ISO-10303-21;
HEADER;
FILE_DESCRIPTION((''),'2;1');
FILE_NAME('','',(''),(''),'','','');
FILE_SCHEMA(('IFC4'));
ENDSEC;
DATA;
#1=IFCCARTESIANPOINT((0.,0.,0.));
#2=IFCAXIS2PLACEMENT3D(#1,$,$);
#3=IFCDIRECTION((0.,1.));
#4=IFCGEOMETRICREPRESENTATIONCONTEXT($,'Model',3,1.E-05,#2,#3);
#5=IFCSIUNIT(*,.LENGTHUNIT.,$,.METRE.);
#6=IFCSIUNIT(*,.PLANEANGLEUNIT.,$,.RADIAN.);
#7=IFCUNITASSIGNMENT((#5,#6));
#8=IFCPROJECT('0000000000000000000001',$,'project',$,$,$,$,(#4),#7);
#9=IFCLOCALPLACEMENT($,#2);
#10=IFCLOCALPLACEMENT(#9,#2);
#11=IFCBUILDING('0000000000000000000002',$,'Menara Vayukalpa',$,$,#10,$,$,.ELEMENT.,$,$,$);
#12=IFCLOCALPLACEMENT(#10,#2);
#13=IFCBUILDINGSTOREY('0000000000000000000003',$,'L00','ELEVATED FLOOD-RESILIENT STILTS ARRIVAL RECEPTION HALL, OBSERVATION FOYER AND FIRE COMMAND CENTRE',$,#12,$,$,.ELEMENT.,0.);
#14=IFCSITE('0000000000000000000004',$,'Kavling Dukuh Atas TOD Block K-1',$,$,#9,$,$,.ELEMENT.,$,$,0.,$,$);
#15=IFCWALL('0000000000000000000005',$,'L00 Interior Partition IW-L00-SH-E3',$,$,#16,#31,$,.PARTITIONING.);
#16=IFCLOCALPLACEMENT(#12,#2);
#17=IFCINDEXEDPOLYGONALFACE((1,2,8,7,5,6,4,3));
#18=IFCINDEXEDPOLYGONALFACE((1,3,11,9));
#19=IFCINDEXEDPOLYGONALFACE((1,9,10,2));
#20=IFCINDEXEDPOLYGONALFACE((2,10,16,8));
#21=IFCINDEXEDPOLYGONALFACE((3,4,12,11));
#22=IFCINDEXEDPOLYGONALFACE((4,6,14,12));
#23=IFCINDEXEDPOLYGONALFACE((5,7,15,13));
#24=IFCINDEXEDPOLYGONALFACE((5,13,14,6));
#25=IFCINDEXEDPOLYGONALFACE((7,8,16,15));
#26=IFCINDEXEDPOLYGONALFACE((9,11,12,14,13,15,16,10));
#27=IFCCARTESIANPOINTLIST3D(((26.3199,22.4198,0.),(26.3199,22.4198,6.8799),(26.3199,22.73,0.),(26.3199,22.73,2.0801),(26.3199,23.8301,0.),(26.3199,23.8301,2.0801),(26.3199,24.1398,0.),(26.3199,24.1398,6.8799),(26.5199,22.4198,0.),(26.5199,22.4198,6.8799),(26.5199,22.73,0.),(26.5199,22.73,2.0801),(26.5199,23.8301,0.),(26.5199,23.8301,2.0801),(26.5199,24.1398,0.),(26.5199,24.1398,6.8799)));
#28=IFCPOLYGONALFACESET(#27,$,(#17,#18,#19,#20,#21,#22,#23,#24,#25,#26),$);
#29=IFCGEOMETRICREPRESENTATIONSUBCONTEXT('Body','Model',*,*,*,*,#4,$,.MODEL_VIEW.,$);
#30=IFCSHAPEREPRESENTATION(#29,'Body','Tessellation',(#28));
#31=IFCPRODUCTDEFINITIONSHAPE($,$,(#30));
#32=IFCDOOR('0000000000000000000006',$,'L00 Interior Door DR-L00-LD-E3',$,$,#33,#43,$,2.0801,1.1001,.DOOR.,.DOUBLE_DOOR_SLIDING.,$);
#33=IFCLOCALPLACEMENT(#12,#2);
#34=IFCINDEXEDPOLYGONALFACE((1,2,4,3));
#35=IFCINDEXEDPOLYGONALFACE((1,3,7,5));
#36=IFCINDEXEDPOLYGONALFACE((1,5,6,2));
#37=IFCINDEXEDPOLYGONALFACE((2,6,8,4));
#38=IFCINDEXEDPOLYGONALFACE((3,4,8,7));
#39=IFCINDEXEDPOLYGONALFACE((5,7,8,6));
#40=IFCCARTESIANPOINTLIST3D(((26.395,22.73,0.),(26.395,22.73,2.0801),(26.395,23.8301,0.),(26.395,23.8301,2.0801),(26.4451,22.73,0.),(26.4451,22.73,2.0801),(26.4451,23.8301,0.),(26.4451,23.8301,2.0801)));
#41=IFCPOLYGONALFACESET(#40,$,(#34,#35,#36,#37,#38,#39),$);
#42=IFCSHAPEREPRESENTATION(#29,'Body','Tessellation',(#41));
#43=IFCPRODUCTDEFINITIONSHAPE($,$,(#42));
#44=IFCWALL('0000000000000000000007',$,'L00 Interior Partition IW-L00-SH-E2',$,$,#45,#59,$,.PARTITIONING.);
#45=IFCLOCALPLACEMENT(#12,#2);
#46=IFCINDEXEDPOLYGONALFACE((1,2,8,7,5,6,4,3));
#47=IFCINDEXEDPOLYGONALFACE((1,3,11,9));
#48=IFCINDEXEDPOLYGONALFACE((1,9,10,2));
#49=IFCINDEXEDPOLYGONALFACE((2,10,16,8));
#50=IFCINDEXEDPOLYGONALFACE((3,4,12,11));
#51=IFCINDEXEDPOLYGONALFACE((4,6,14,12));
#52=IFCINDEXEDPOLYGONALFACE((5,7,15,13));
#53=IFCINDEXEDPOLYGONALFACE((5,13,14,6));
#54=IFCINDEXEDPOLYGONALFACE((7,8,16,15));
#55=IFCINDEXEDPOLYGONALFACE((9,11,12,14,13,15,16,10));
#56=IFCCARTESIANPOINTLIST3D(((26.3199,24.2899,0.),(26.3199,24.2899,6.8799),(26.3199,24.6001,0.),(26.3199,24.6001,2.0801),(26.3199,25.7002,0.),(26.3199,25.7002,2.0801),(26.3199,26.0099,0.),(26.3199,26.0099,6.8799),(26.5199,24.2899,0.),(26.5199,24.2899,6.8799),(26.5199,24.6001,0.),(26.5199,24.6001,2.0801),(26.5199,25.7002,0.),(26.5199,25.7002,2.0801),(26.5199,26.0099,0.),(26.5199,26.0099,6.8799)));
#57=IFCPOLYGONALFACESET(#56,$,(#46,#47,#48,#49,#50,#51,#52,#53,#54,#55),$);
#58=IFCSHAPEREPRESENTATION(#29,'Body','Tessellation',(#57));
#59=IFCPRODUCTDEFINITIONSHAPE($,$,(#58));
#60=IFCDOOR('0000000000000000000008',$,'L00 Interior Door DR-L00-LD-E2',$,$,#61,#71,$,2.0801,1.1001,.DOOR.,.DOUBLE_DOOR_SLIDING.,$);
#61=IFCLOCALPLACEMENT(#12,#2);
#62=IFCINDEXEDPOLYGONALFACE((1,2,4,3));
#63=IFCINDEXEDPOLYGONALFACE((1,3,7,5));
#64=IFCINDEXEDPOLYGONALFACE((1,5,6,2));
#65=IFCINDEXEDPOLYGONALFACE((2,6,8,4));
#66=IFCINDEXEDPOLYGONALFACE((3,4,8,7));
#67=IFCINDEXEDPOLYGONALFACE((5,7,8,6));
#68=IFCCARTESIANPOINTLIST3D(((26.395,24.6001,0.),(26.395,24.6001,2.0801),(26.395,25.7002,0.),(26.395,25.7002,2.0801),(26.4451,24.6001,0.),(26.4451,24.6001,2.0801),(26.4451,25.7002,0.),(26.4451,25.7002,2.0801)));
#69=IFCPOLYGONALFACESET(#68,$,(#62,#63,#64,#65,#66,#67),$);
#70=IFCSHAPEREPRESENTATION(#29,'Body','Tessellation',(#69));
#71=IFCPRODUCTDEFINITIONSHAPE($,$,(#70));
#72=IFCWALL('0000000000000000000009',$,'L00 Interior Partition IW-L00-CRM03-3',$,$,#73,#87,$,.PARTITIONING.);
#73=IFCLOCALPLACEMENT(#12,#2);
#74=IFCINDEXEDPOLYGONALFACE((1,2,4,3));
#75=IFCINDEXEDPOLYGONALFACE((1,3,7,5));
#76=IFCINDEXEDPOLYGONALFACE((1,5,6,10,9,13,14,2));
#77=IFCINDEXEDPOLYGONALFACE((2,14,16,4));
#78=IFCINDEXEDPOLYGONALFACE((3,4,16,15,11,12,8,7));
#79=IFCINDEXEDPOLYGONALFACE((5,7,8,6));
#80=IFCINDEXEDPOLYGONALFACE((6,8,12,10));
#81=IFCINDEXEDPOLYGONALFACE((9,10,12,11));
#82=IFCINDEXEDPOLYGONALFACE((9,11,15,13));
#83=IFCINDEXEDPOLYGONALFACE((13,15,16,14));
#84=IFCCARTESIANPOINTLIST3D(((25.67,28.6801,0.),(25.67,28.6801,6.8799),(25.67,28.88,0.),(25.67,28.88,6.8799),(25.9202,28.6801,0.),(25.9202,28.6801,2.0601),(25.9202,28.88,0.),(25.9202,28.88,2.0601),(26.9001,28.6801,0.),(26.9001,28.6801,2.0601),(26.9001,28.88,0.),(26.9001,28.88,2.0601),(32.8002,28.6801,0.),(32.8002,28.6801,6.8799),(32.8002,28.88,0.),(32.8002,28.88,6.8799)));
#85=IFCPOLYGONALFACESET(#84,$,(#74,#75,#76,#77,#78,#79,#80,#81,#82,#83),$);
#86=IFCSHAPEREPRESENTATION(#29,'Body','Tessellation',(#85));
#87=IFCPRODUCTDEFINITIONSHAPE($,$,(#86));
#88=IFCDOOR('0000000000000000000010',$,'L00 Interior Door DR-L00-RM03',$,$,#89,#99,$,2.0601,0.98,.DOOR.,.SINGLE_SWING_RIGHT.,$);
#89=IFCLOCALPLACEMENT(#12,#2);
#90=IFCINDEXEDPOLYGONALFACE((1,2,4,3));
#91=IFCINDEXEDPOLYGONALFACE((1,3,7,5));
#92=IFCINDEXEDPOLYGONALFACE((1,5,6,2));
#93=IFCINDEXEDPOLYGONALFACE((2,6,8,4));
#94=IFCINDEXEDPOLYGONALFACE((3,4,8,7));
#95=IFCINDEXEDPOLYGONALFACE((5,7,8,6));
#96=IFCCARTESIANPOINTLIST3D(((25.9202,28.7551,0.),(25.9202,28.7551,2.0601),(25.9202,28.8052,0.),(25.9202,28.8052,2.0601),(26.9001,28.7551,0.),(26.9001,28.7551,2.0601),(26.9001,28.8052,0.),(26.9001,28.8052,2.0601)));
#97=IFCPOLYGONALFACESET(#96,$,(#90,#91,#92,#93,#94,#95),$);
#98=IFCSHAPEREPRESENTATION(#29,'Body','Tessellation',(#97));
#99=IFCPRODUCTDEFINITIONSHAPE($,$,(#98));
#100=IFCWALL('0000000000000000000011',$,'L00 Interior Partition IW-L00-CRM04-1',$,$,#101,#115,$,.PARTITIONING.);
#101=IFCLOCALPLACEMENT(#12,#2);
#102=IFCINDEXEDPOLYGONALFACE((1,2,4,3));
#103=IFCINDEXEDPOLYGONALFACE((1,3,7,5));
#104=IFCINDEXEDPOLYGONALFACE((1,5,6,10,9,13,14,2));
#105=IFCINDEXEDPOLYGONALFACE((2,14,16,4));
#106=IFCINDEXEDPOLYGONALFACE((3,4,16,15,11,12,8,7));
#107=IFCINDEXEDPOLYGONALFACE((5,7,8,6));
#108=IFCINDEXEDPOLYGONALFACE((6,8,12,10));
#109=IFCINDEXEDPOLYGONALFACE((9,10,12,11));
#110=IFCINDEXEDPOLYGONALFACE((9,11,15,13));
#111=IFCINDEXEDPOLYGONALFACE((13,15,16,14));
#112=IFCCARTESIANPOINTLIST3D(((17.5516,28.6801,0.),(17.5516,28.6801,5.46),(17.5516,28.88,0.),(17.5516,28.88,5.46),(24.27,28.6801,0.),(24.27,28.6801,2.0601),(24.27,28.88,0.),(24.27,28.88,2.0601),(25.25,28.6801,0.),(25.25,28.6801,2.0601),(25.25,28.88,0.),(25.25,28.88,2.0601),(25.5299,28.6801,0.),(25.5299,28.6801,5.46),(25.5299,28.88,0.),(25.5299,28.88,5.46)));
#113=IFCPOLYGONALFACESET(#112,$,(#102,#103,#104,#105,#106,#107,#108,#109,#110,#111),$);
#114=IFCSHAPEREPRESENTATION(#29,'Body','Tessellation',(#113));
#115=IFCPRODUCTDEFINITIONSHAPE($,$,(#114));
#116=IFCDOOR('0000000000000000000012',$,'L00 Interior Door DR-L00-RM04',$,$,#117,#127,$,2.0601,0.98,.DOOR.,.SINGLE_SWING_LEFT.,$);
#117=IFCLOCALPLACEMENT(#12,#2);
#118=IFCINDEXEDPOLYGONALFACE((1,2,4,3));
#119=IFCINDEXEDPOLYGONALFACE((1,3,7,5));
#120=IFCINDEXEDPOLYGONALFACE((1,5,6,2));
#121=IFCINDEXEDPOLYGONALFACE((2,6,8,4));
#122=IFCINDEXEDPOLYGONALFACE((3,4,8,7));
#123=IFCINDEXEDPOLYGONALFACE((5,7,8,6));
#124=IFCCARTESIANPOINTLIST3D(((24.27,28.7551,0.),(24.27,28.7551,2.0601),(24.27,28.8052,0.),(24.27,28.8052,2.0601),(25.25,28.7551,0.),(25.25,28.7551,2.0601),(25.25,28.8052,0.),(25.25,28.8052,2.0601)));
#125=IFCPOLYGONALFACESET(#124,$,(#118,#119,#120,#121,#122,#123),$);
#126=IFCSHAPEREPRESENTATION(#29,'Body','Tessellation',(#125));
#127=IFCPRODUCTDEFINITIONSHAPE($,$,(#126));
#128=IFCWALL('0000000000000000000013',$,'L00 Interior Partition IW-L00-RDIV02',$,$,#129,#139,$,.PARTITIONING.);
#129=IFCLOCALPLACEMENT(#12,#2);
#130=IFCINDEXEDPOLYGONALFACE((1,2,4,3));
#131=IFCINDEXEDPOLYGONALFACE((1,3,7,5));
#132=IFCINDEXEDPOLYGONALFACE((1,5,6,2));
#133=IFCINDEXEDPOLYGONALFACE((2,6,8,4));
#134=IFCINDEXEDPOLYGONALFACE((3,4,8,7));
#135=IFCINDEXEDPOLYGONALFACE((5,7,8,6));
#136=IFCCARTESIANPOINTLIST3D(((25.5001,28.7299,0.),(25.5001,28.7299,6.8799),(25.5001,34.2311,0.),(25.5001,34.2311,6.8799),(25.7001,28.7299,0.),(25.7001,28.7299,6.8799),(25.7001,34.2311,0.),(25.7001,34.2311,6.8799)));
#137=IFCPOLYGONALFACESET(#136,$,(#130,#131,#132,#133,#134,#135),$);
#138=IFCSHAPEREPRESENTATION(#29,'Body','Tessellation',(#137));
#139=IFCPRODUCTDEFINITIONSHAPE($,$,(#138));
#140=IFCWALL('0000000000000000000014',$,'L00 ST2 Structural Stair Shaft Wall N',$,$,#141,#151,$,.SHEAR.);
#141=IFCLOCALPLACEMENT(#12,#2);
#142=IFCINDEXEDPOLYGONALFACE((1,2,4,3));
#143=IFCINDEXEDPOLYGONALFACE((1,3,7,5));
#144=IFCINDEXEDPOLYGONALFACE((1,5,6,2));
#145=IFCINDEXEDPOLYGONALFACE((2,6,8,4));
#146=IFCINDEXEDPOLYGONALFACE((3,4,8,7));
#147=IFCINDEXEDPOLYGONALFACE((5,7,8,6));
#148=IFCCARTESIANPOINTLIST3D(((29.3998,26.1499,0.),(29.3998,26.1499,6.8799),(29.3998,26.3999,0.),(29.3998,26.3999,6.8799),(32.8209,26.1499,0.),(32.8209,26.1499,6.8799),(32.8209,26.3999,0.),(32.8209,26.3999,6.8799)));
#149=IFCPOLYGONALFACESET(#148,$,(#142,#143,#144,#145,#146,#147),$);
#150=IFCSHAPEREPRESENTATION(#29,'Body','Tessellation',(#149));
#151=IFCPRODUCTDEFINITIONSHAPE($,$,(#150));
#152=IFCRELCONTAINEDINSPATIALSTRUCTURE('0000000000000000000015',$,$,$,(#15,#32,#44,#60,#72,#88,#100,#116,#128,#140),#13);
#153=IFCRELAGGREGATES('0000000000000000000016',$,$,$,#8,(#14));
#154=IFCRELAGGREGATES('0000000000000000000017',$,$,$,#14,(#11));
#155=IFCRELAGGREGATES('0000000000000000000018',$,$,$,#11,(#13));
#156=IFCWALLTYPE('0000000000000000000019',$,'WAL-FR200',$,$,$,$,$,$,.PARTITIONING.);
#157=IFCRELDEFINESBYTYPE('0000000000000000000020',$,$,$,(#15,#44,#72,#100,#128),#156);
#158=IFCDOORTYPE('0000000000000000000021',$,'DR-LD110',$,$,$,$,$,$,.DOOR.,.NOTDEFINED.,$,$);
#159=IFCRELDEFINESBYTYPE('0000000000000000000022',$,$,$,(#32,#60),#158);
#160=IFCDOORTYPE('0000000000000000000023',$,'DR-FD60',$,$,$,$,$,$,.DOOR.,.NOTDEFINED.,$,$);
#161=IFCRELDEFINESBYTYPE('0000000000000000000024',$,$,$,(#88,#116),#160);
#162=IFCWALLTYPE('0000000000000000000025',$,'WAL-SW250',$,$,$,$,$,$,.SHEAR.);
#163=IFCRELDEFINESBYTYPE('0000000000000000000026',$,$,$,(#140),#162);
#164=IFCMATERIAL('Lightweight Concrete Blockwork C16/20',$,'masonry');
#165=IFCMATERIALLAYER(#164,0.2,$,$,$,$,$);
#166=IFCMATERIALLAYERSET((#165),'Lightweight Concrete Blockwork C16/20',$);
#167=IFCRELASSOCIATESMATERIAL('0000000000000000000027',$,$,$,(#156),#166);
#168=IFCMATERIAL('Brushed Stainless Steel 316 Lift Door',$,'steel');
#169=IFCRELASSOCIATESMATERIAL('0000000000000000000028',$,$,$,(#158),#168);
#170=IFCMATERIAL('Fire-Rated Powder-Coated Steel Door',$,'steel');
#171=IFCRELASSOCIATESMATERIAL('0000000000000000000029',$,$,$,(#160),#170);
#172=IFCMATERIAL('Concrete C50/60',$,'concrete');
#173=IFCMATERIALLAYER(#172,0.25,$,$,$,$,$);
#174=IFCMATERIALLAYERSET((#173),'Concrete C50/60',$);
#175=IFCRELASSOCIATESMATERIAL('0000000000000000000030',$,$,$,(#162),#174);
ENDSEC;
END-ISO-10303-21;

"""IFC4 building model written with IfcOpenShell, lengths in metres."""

from ifc_helpers import new_model, si_unit, direction, frame, frame_2d, origin, place, context, subcontext, project, spatial, rectangle, extrude, material, layer, layer_set, type_object, element, fill, save


model = new_model("IFC4")

# Units and contexts
model_context = context("Model", 3, precision=1e-05, world=origin(), true_north=direction((0.0, 1.0)))
body_context = subcontext(model_context, "Body", "Model", "MODEL_VIEW")
ifc_project = project(units=[si_unit("LENGTHUNIT", "METRE"), si_unit("PLANEANGLEUNIT", "RADIAN")], contexts=[model_context])

# Site, building, storey
site_placement = place(None, origin())
site = spatial("IfcSite", under=ifc_project, at=site_placement, Name="Kavling Dukuh Atas TOD Block K-1", CompositionType="ELEMENT", RefElevation=0.0)
building_placement = place(site_placement, origin())
building = spatial("IfcBuilding", under=site, at=building_placement, Name="Menara Vayukalpa", CompositionType="ELEMENT")
storey_placement = place(building_placement, origin())
storey = spatial("IfcBuildingStorey", under=building, at=storey_placement, Name="L00", Description="ELEVATED FLOOD-RESILIENT STILTS ARRIVAL RECEPTION HALL, OBSERVATION FOYER AND FIRE COMMAND CENTRE", CompositionType="ELEMENT", Elevation=0.0)

# Walls, openings, doors
ifc_material_1 = material(Name="Lightweight Concrete Blockwork C16/20", Category="masonry")
ifc_layer_1 = layer(ifc_material_1, 0.2)
ifc_layer_set_1 = layer_set([ifc_layer_1], Name="Lightweight Concrete Blockwork C16/20")
wall_type_1 = type_object("IfcWallType", Name="WAL-FR200", PredefinedType="PARTITIONING", material=ifc_layer_set_1)
wall_1_placement = place(storey_placement, frame((26.4199, 22.4199, 0.0), z_axis=(0.0, 0.0, 1.0), x_axis=(0.0, 1.0, 0.0)))
wall_1 = element("IfcWall", 1, at=wall_1_placement, inside=storey, type_object=wall_type_1, Name="L00 Interior Partition IW-L00-SH-E3", PredefinedType="PARTITIONING", context=body_context, shape_type="SweptSolid", body=[
    extrude(rectangle(XDim=1.72, YDim=0.2, at=frame_2d((0.8599, 0.0))), origin(), (0.0, 0.0, 1.0), 6.8799),
])
opening_1_placement = place(wall_1_placement, frame((0.3101, 0.0, 0.0)))
opening_1 = element("IfcOpeningElement", 2, at=opening_1_placement, cuts=wall_1, PredefinedType="OPENING", context=body_context, shape_type="SweptSolid", body=[
    extrude(rectangle(XDim=1.1001, YDim=2.0801, at=frame_2d((0.55, 1.04))), frame((0.0, 0.1099, 0.0), z_axis=(0.0, -1.0, 0.0), x_axis=(1.0, 0.0, 0.0)), (0.0, 0.0, 1.0), 0.22),
])
ifc_material_2 = material(Name="Brushed Stainless Steel 316 Lift Door", Category="steel")
door_type_1 = type_object("IfcDoorType", Name="DR-LD110", OperationType="NOTDEFINED", PredefinedType="DOOR", material=ifc_material_2)
door_1_placement = place(opening_1_placement, origin())
door_1 = element("IfcDoor", 3, at=door_1_placement, inside=storey, type_object=door_type_1, Name="L00 Interior Door DR-L00-LD-E3", OperationType="DOUBLE_DOOR_SLIDING", OverallHeight=2.0801, OverallWidth=1.1001, PredefinedType="DOOR", context=body_context, shape_type="SweptSolid", body=[
    extrude(rectangle(XDim=1.1001, YDim=2.0801, at=frame_2d((0.55, 1.04))), frame((0.0, 0.0249, 0.0), z_axis=(0.0, -1.0, 0.0), x_axis=(1.0, 0.0, 0.0)), (0.0, 0.0, 1.0), 0.05),
])
fill(opening_1, door_1)
wall_2_placement = place(storey_placement, frame((26.4199, 24.29, 0.0), z_axis=(0.0, 0.0, 1.0), x_axis=(0.0, 1.0, 0.0)))
wall_2 = element("IfcWall", 4, at=wall_2_placement, inside=storey, type_object=wall_type_1, Name="L00 Interior Partition IW-L00-SH-E2", PredefinedType="PARTITIONING", context=body_context, shape_type="SweptSolid", body=[
    extrude(rectangle(XDim=1.72, YDim=0.2, at=frame_2d((0.8599, 0.0))), origin(), (0.0, 0.0, 1.0), 6.8799),
])
opening_2_placement = place(wall_2_placement, frame((0.3101, 0.0, 0.0)))
opening_2 = element("IfcOpeningElement", 5, at=opening_2_placement, cuts=wall_2, PredefinedType="OPENING", context=body_context, shape_type="SweptSolid", body=[
    extrude(rectangle(XDim=1.1001, YDim=2.0801, at=frame_2d((0.55, 1.04))), frame((0.0, 0.1099, 0.0), z_axis=(0.0, -1.0, 0.0), x_axis=(1.0, 0.0, 0.0)), (0.0, 0.0, 1.0), 0.22),
])
door_2_placement = place(opening_2_placement, origin())
door_2 = element("IfcDoor", 6, at=door_2_placement, inside=storey, type_object=door_type_1, Name="L00 Interior Door DR-L00-LD-E2", OperationType="DOUBLE_DOOR_SLIDING", OverallHeight=2.0801, OverallWidth=1.1001, PredefinedType="DOOR", context=body_context, shape_type="SweptSolid", body=[
    extrude(rectangle(XDim=1.1001, YDim=2.0801, at=frame_2d((0.55, 1.04))), frame((0.0, 0.0249, 0.0), z_axis=(0.0, -1.0, 0.0), x_axis=(1.0, 0.0, 0.0)), (0.0, 0.0, 1.0), 0.05),
])
fill(opening_2, door_2)
wall_3_placement = place(storey_placement, frame((32.8, 28.78, 0.0), z_axis=(0.0, 0.0, 1.0), x_axis=(-1.0, 0.0, 0.0)))
wall_3 = element("IfcWall", 7, at=wall_3_placement, inside=storey, type_object=wall_type_1, Name="L00 Interior Partition IW-L00-CRM03-3", PredefinedType="PARTITIONING", context=body_context, shape_type="SweptSolid", body=[
    extrude(rectangle(XDim=7.1301, YDim=0.2, at=frame_2d((3.5649, 0.0))), origin(), (0.0, 0.0, 1.0), 6.8799),
])
opening_3_placement = place(wall_3_placement, frame((5.8999, 0.0, 0.0)))
opening_3 = element("IfcOpeningElement", 8, at=opening_3_placement, cuts=wall_3, PredefinedType="OPENING", context=body_context, shape_type="SweptSolid", body=[
    extrude(rectangle(XDim=0.98, YDim=2.0601, at=frame_2d((0.49, 1.03))), frame((0.0, 0.1099, 0.0), z_axis=(0.0, -1.0, 0.0), x_axis=(1.0, 0.0, 0.0)), (0.0, 0.0, 1.0), 0.22),
])
ifc_material_3 = material(Name="Fire-Rated Powder-Coated Steel Door", Category="steel")
door_type_2 = type_object("IfcDoorType", Name="DR-FD60", OperationType="NOTDEFINED", PredefinedType="DOOR", material=ifc_material_3)
door_3_placement = place(opening_3_placement, origin())
door_3 = element("IfcDoor", 9, at=door_3_placement, inside=storey, type_object=door_type_2, Name="L00 Interior Door DR-L00-RM03", OperationType="SINGLE_SWING_RIGHT", OverallHeight=2.0601, OverallWidth=0.98, PredefinedType="DOOR", context=body_context, shape_type="SweptSolid", body=[
    extrude(rectangle(XDim=0.98, YDim=2.0601, at=frame_2d((0.49, 1.03))), frame((0.0, 0.0249, 0.0), z_axis=(0.0, -1.0, 0.0), x_axis=(1.0, 0.0, 0.0)), (0.0, 0.0, 1.0), 0.05),
])
fill(opening_3, door_3)
wall_4_placement = place(storey_placement, frame((25.53, 28.78, 0.0), z_axis=(0.0, 0.0, 1.0), x_axis=(-1.0, 0.0, 0.0)))
wall_4 = element("IfcWall", 10, at=wall_4_placement, inside=storey, type_object=wall_type_1, Name="L00 Interior Partition IW-L00-CRM04-1", PredefinedType="PARTITIONING", context=body_context, shape_type="SweptSolid", body=[
    extrude(rectangle(XDim=7.9783, YDim=0.2, at=frame_2d((3.9893, 0.0))), origin(), (0.0, 0.0, 1.0), 5.46),
])
opening_4_placement = place(wall_4_placement, frame((0.28, 0.0, 0.0)))
opening_4 = element("IfcOpeningElement", 11, at=opening_4_placement, cuts=wall_4, PredefinedType="OPENING", context=body_context, shape_type="SweptSolid", body=[
    extrude(rectangle(XDim=0.98, YDim=2.0601, at=frame_2d((0.49, 1.03))), frame((0.0, 0.1099, 0.0), z_axis=(0.0, -1.0, 0.0), x_axis=(1.0, 0.0, 0.0)), (0.0, 0.0, 1.0), 0.22),
])
door_4_placement = place(opening_4_placement, origin())
door_4 = element("IfcDoor", 12, at=door_4_placement, inside=storey, type_object=door_type_2, Name="L00 Interior Door DR-L00-RM04", OperationType="SINGLE_SWING_LEFT", OverallHeight=2.0601, OverallWidth=0.98, PredefinedType="DOOR", context=body_context, shape_type="SweptSolid", body=[
    extrude(rectangle(XDim=0.98, YDim=2.0601, at=frame_2d((0.49, 1.03))), frame((0.0, 0.0249, 0.0), z_axis=(0.0, -1.0, 0.0), x_axis=(1.0, 0.0, 0.0)), (0.0, 0.0, 1.0), 0.05),
])
fill(opening_4, door_4)

# Walls
wall_5_placement = place(storey_placement, frame((25.6001, 28.73, 0.0), z_axis=(0.0, 0.0, 1.0), x_axis=(0.0, 1.0, 0.0)))
element("IfcWall", 13, at=wall_5_placement, inside=storey, type_object=wall_type_1, Name="L00 Interior Partition IW-L00-RDIV02", PredefinedType="PARTITIONING", context=body_context, shape_type="SweptSolid", body=[
    extrude(rectangle(XDim=5.5012, YDim=0.2, at=frame_2d((2.7505, 0.0))), origin(), (0.0, 0.0, 1.0), 6.8799),
])
ifc_material_4 = material(Name="Concrete C50/60", Category="concrete")
ifc_layer_2 = layer(ifc_material_4, 0.25)
ifc_layer_set_2 = layer_set([ifc_layer_2], Name="Concrete C50/60")
wall_type_2 = type_object("IfcWallType", Name="WAL-SW250", PredefinedType="SHEAR", material=ifc_layer_set_2)
wall_6_placement = place(storey_placement, frame((29.3999, 26.2749, 0.0), z_axis=(0.0, 0.0, 1.0), x_axis=(1.0, 0.0, 0.0)))
element("IfcWall", 14, at=wall_6_placement, inside=storey, type_object=wall_type_2, Name="L00 ST2 Structural Stair Shaft Wall N", PredefinedType="SHEAR", context=body_context, shape_type="SweptSolid", body=[
    extrude(rectangle(XDim=3.4211, YDim=0.25, at=frame_2d((1.7104, 0.0))), origin(), (0.0, 0.0, 1.0), 6.8799),
])

save(model, "model.ifc")
